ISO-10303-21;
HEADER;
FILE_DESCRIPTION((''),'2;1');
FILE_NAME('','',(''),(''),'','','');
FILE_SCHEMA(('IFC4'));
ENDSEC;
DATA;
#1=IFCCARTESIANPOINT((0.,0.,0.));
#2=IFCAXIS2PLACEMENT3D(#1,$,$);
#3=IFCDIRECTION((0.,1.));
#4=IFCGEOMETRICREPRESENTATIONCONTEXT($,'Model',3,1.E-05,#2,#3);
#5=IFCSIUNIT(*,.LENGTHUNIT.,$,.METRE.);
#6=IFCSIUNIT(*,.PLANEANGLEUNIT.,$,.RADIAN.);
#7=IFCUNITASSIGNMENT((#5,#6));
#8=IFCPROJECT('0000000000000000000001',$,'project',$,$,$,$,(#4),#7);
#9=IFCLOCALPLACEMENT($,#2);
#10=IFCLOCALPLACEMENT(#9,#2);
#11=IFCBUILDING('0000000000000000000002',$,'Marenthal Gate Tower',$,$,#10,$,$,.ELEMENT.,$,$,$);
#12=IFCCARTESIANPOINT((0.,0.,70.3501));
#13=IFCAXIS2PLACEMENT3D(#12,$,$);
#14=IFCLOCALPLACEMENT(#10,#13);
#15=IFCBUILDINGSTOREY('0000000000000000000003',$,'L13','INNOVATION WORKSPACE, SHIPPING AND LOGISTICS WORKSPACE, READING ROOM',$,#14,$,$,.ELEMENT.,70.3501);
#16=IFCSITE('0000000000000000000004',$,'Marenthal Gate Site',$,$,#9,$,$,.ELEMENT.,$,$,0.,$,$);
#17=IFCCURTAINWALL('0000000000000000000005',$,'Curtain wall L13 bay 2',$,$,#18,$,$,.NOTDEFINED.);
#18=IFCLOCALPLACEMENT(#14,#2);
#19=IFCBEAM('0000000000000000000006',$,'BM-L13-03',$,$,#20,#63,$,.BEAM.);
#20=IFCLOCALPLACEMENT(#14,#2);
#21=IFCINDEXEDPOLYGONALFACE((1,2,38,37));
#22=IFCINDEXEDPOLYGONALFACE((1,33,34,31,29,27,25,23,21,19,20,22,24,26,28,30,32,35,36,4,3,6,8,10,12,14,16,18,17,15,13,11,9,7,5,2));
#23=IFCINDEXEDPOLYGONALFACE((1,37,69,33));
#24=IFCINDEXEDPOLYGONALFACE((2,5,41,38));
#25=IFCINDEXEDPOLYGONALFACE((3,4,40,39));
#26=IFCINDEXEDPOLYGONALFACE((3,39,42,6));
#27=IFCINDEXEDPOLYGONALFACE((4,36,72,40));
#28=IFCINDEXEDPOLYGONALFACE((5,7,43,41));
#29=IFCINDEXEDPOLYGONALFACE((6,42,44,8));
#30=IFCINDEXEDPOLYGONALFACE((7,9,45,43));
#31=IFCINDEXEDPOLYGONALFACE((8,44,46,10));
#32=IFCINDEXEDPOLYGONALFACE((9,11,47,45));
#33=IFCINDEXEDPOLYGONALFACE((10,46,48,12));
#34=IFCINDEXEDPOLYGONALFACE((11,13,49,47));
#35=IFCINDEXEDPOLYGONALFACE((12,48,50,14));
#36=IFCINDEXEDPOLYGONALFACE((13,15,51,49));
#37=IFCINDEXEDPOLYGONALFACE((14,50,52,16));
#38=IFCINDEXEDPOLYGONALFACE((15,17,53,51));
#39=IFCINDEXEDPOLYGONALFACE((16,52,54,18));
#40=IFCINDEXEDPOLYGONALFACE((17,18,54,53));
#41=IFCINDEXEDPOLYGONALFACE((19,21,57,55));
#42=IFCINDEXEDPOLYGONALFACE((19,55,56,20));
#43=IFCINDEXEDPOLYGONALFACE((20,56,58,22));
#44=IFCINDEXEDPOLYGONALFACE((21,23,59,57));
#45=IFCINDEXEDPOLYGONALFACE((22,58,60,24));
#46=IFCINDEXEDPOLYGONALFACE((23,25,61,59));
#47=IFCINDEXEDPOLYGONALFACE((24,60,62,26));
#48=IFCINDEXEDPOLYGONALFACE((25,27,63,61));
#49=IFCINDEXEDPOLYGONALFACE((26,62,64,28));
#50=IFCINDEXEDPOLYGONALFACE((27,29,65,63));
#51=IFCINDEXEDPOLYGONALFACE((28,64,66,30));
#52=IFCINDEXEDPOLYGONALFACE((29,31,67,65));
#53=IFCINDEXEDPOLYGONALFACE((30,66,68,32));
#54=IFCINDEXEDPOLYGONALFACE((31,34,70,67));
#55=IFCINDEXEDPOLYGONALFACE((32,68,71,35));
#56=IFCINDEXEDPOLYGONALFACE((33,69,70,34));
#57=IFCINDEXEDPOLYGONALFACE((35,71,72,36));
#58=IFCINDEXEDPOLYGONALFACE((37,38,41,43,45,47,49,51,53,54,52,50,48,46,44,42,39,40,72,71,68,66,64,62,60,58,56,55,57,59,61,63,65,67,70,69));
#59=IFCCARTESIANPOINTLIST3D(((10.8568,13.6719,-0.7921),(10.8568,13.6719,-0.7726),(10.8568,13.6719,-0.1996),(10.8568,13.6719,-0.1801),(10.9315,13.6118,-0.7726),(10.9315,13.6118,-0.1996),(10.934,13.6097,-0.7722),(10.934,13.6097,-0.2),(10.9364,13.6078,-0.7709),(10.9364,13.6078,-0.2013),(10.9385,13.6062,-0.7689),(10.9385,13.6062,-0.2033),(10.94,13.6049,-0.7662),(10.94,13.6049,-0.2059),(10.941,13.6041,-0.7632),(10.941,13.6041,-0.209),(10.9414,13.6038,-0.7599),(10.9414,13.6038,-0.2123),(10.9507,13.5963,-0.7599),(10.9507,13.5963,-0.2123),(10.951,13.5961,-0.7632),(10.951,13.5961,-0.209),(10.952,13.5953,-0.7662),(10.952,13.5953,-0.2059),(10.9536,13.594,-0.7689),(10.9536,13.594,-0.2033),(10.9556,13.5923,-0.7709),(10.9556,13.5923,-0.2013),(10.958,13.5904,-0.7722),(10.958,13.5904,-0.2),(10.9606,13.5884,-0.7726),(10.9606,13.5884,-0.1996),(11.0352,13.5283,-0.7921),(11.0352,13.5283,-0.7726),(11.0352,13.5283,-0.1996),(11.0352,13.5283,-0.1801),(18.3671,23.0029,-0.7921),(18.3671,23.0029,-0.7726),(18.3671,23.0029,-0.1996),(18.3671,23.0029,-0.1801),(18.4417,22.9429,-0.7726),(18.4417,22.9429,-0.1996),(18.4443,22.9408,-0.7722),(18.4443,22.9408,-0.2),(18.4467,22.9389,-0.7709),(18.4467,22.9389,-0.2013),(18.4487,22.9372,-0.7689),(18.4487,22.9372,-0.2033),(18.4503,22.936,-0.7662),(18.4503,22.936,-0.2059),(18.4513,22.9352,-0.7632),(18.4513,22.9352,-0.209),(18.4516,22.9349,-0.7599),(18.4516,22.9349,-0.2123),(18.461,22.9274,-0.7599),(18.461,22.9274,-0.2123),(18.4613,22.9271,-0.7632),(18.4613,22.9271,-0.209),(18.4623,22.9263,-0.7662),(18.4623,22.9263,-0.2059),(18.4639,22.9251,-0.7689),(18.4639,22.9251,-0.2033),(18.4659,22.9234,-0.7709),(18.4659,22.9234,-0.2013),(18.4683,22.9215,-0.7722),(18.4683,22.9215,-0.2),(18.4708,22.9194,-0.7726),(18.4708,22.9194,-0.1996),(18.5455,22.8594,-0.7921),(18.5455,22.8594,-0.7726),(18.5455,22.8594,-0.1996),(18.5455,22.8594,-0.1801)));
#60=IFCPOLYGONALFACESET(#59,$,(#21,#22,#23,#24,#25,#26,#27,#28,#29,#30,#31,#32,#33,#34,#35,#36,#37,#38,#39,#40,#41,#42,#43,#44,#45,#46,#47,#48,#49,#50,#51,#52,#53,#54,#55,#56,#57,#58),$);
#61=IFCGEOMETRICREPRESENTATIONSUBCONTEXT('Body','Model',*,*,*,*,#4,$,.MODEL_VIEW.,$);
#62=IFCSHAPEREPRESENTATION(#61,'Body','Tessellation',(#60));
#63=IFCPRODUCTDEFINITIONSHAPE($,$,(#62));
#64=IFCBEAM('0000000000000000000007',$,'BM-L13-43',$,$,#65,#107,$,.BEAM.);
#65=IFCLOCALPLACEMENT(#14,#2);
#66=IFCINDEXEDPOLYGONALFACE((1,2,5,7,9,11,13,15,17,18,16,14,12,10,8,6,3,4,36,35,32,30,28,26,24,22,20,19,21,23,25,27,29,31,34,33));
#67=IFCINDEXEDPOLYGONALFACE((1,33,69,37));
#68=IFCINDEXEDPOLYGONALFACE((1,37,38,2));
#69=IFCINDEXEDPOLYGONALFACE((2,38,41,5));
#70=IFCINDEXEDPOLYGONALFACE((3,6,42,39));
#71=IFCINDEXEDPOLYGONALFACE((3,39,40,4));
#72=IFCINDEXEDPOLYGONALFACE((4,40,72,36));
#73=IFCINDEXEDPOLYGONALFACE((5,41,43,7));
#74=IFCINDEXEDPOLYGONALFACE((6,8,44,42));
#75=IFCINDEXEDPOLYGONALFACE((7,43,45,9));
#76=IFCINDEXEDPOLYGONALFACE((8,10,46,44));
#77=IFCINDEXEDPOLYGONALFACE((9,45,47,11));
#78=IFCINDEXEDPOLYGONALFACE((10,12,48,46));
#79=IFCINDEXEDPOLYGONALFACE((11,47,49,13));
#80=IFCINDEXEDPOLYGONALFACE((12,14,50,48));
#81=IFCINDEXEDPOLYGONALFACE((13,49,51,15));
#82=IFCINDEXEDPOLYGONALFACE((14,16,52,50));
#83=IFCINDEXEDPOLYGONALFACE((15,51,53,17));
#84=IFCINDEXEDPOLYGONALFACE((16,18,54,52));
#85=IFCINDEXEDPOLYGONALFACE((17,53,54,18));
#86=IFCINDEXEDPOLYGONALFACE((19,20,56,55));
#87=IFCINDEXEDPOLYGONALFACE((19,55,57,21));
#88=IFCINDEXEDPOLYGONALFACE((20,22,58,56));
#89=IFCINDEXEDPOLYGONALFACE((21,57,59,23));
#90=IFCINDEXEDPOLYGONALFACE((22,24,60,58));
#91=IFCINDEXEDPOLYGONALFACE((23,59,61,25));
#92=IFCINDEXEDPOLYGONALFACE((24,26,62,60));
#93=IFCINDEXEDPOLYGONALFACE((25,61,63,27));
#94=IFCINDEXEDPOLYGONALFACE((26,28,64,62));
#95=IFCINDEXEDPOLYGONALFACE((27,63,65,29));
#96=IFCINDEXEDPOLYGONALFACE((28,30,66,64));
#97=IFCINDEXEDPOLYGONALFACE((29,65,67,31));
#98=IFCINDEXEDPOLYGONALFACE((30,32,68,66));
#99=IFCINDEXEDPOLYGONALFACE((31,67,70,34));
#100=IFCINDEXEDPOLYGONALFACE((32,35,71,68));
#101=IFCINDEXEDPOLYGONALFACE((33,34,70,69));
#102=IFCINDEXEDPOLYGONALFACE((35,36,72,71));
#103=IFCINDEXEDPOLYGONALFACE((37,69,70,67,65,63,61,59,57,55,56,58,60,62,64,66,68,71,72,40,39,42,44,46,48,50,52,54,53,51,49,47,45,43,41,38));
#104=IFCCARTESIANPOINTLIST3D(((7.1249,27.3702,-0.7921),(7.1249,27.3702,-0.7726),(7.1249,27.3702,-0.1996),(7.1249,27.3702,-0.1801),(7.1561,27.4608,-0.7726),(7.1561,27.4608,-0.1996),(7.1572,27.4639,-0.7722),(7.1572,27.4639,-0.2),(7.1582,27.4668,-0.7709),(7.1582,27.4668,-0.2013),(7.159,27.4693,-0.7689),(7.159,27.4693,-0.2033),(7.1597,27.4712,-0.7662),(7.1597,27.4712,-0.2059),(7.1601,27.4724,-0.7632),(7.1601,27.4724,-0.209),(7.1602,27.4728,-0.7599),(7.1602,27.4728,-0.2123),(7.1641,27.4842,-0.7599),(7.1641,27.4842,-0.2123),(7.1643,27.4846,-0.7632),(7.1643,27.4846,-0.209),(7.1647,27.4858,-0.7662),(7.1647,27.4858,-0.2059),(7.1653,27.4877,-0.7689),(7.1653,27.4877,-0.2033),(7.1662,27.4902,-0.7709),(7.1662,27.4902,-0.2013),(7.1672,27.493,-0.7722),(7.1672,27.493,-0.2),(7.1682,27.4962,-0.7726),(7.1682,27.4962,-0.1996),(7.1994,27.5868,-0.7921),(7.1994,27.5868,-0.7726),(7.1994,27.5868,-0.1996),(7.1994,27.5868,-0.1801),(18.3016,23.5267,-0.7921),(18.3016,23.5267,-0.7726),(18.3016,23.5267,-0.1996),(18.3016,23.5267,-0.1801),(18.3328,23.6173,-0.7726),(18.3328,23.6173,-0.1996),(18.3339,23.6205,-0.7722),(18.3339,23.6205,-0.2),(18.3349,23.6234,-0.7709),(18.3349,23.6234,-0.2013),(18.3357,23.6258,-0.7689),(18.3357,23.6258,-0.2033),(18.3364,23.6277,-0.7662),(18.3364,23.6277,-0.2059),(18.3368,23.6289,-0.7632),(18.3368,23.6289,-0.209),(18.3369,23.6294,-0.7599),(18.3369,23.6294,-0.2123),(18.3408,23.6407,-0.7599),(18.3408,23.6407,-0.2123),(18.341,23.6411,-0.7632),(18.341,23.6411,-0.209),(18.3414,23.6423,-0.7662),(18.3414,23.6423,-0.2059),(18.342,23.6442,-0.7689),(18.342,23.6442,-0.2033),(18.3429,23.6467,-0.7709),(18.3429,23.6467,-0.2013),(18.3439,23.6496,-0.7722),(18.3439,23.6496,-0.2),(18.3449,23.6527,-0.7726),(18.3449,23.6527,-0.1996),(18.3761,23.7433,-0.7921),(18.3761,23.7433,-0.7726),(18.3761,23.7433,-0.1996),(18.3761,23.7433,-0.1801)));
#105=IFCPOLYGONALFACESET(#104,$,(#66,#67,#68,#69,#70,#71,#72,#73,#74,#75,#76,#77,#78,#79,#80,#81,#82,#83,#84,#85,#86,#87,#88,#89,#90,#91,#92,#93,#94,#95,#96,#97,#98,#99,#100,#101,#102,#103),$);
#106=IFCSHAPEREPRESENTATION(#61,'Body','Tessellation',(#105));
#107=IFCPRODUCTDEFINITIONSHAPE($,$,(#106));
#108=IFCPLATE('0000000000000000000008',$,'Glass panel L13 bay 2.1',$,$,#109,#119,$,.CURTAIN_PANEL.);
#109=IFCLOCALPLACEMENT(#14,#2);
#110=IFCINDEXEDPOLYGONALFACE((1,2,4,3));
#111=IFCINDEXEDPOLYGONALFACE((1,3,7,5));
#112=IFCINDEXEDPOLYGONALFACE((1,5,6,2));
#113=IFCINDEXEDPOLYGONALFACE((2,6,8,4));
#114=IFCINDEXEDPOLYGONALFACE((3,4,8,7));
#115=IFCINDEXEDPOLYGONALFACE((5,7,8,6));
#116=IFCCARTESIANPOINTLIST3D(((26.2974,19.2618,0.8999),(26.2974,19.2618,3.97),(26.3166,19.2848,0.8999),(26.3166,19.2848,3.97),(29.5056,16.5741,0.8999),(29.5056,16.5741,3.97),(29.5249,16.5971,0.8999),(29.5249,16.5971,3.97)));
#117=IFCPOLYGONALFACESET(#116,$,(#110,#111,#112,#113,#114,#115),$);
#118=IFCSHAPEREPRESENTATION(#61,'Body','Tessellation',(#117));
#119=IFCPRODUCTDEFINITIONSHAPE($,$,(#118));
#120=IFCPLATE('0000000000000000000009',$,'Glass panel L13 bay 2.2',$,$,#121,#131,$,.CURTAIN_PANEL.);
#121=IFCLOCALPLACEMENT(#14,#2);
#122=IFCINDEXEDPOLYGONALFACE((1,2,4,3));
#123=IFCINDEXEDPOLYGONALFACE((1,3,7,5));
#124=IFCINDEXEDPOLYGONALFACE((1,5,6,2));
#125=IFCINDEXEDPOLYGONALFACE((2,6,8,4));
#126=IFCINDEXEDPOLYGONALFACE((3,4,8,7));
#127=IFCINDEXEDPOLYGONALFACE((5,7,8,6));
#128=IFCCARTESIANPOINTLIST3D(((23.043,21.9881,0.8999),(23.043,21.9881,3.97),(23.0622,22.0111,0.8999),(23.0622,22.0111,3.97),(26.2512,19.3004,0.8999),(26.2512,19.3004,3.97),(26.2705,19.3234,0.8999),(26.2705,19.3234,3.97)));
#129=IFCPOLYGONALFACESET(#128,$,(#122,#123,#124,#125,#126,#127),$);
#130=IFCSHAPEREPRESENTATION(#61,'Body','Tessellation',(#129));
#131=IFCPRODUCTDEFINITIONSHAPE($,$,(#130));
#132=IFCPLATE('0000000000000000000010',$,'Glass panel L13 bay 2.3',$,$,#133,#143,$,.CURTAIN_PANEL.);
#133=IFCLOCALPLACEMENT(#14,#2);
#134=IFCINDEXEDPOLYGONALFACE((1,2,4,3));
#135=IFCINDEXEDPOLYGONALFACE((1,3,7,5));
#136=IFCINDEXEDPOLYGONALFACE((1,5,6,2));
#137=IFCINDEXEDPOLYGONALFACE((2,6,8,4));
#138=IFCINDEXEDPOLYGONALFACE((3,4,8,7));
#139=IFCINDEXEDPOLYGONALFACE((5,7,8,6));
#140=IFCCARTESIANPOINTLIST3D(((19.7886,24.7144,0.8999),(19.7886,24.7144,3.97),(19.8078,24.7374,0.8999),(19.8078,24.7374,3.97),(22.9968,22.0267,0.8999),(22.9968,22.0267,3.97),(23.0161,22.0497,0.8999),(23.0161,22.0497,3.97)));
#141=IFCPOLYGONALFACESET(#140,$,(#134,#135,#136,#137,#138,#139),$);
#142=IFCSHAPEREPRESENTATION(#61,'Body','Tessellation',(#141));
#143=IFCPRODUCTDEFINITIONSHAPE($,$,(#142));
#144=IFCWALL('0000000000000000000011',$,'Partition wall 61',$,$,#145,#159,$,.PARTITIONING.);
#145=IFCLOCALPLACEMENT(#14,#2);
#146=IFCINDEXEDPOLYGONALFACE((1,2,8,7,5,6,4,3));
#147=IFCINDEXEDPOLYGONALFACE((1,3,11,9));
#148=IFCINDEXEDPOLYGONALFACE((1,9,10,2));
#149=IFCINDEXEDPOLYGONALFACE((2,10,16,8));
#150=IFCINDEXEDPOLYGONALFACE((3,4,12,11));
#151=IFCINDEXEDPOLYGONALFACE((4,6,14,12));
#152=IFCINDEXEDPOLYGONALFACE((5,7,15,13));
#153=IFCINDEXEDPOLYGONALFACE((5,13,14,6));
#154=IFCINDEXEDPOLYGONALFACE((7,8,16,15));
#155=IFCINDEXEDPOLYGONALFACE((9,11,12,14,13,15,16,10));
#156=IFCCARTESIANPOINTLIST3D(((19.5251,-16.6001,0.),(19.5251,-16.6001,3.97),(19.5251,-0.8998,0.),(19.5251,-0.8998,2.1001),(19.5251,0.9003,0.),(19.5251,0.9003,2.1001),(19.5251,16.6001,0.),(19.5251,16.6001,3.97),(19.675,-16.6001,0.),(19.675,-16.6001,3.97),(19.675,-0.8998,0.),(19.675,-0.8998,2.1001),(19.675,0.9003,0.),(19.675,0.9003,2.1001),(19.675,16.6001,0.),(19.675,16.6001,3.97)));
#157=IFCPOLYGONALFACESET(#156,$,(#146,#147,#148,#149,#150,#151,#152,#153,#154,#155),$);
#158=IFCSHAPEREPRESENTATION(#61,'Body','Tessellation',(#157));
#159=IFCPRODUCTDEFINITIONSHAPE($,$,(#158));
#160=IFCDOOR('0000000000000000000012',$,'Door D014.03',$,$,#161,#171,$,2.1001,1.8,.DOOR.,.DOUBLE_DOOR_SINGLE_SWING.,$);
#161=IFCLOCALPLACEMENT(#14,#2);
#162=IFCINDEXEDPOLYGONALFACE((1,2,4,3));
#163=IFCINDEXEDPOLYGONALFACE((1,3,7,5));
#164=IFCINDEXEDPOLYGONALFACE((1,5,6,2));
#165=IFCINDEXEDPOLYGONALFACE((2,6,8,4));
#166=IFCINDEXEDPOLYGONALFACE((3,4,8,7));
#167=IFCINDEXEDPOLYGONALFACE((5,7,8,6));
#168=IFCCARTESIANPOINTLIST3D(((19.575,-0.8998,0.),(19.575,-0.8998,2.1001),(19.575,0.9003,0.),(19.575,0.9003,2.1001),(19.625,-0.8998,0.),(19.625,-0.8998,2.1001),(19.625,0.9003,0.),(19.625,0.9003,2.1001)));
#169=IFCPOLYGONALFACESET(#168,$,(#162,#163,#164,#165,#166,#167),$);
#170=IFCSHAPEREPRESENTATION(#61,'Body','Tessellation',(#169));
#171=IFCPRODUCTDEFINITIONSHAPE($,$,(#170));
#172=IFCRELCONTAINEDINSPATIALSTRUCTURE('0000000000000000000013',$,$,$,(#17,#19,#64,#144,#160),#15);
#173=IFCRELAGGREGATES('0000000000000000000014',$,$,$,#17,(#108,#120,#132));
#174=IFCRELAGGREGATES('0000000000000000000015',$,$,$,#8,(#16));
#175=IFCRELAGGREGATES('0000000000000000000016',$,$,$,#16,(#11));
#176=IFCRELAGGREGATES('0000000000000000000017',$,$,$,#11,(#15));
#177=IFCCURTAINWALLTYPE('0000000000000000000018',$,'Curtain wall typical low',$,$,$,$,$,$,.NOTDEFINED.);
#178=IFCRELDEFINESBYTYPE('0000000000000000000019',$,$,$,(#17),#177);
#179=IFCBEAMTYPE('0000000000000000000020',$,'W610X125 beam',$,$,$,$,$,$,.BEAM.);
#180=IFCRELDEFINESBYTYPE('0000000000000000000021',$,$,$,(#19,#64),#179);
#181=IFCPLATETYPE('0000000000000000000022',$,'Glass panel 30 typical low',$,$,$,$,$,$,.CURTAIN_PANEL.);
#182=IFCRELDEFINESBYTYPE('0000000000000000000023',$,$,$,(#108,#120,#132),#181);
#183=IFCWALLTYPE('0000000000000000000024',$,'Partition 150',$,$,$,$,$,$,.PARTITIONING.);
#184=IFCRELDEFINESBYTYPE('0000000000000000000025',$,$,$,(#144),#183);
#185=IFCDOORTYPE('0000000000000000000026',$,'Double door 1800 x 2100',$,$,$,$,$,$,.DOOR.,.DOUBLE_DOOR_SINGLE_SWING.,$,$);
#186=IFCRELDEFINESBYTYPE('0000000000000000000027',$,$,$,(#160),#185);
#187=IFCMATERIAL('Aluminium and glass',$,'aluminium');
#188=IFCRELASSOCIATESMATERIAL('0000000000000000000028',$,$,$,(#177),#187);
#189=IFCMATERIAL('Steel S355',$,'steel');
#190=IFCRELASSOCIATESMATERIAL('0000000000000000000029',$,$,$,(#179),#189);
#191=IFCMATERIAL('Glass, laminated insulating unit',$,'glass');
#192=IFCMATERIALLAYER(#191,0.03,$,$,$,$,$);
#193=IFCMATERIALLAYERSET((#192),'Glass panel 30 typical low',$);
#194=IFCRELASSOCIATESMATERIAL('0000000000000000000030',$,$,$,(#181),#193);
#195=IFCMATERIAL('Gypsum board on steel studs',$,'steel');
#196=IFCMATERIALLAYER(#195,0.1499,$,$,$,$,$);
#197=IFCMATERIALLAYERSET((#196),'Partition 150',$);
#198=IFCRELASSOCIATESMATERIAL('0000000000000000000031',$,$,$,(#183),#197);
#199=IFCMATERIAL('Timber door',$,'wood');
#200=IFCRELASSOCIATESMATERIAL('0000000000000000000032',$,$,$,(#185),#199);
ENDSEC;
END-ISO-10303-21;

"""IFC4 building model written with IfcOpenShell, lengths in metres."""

from ifc_helpers import new_model, si_unit, direction, frame, frame_2d, origin, origin_2d, place, context, subcontext, project, spatial, rectangle, i_section, extrude, material, layer, layer_set, material_profile, profile_set, type_object, element, fill, aggregate, save


model = new_model("IFC4")

# Units and contexts
model_context = context("Model", 3, precision=1e-05, world=origin(), true_north=direction((0.0, 1.0)))
body_context = subcontext(model_context, "Body", "Model", "MODEL_VIEW")
ifc_project = project(units=[si_unit("LENGTHUNIT", "METRE"), si_unit("PLANEANGLEUNIT", "RADIAN")], contexts=[model_context])

# Site, building, storey
site_placement = place(None, origin())
site = spatial("IfcSite", under=ifc_project, at=site_placement, Name="Marenthal Gate Site", CompositionType="ELEMENT", RefElevation=0.0)
building_placement = place(site_placement, origin())
building = spatial("IfcBuilding", under=site, at=building_placement, Name="Marenthal Gate Tower", CompositionType="ELEMENT")
storey_placement = place(building_placement, frame((0.0, 0.0, 70.3501)))
storey = spatial("IfcBuildingStorey", under=building, at=storey_placement, Name="L13", Description="INNOVATION WORKSPACE, SHIPPING AND LOGISTICS WORKSPACE, READING ROOM", CompositionType="ELEMENT", Elevation=70.3501)

# Curtain wall
ifc_material_1 = material(Name="Aluminium and glass", Category="aluminium")
curtain_wall_type = type_object("IfcCurtainWallType", Name="Curtain wall typical low", PredefinedType="NOTDEFINED", material=ifc_material_1)
curtain_wall_placement = place(storey_placement, origin())
curtain_wall = element("IfcCurtainWall", 1, at=curtain_wall_placement, inside=storey, type_object=curtain_wall_type, Name="Curtain wall L13 bay 2", PredefinedType="NOTDEFINED")

# Beams
ifc_material_2 = material(Name="Steel S355", Category="steel")
ifc_material_profile_1 = material_profile(ifc_material_2, i_section(OverallWidth=0.229, OverallDepth=0.6121, WebThickness=0.012, FlangeThickness=0.0195, FilletRadius=0.0127, at=origin_2d()), Name="W610X125")
ifc_profile_set_1 = profile_set([ifc_material_profile_1], Name="Steel S355")
beam_type_1 = type_object("IfcBeamType", Name="W610X125 beam", PredefinedType="BEAM", material=ifc_profile_set_1)
beam_1_placement = place(storey_placement, frame((18.4563, 22.9312, -0.4861), z_axis=(-0.627004, -0.779016, 0.0), x_axis=(0.779016, -0.627004, 0.0)))
element("IfcBeam", 2, at=beam_1_placement, inside=storey, type_object=beam_type_1, Name="BM-L13-03", PredefinedType="BEAM", context=body_context, shape_type="SweptSolid", body=[
    extrude(i_section(OverallWidth=0.229, OverallDepth=0.6121, WebThickness=0.012, FlangeThickness=0.0195, FilletRadius=0.0127, at=origin_2d()), origin(), (0.0, 0.0, 1.0), 11.978),
])
beam_2_placement = place(storey_placement, frame((18.3389, 23.635, -0.4861), z_axis=(-0.945648, 0.325193, 0.0), x_axis=(-0.325193, -0.945648, 0.0)))
element("IfcBeam", 3, at=beam_2_placement, inside=storey, type_object=beam_type_1, Name="BM-L13-43", PredefinedType="BEAM", context=body_context, shape_type="SweptSolid", body=[
    extrude(i_section(OverallWidth=0.229, OverallDepth=0.6121, WebThickness=0.012, FlangeThickness=0.0195, FilletRadius=0.0127, at=origin_2d()), origin(), (0.0, 0.0, 1.0), 11.8191),
])

# Plates
ifc_material_3 = material(Name="Glass, laminated insulating unit", Category="glass")
ifc_layer_1 = layer(ifc_material_3, 0.03)
ifc_layer_set_1 = layer_set([ifc_layer_1], Name="Glass panel 30 typical low")
plate_type = type_object("IfcPlateType", Name="Glass panel 30 typical low", PredefinedType="CURTAIN_PANEL", material=ifc_layer_set_1)
plate_1_placement = place(storey_placement, frame((27.9111, 17.9294, 0.8999), z_axis=(0.0, 0.0, 1.0), x_axis=(-0.766557, 0.642176, 0.0)))
plate_1 = element("IfcPlate", 4, at=plate_1_placement, type_object=plate_type, Name="Glass panel L13 bay 2.1", PredefinedType="CURTAIN_PANEL", context=body_context, shape_type="SweptSolid", body=[
    extrude(rectangle(XDim=4.1853, YDim=0.03, at=origin_2d()), origin(), (0.0, 0.0, 1.0), 3.0701),
])
plate_2_placement = place(storey_placement, frame((24.6567, 20.6558, 0.8999), z_axis=(0.0, 0.0, 1.0), x_axis=(-0.766557, 0.642176, 0.0)))
plate_2 = element("IfcPlate", 5, at=plate_2_placement, type_object=plate_type, Name="Glass panel L13 bay 2.2", PredefinedType="CURTAIN_PANEL", context=body_context, shape_type="SweptSolid", body=[
    extrude(rectangle(XDim=4.1853, YDim=0.03, at=origin_2d()), origin(), (0.0, 0.0, 1.0), 3.0701),
])
plate_3_placement = place(storey_placement, frame((21.4023, 23.3821, 0.8999), z_axis=(0.0, 0.0, 1.0), x_axis=(-0.766557, 0.642176, 0.0)))
plate_3 = element("IfcPlate", 6, at=plate_3_placement, type_object=plate_type, Name="Glass panel L13 bay 2.3", PredefinedType="CURTAIN_PANEL", context=body_context, shape_type="SweptSolid", body=[
    extrude(rectangle(XDim=4.1853, YDim=0.03, at=origin_2d()), origin(), (0.0, 0.0, 1.0), 3.0701),
])
aggregate(curtain_wall, [plate_1, plate_2, plate_3])

# Wall, opening, door
ifc_material_4 = material(Name="Gypsum board on steel studs", Category="steel")
ifc_layer_2 = layer(ifc_material_4, 0.1499)
ifc_layer_set_2 = layer_set([ifc_layer_2], Name="Partition 150")
wall_type_1 = type_object("IfcWallType", Name="Partition 150", PredefinedType="PARTITIONING", material=ifc_layer_set_2)
wall_1_placement = place(storey_placement, frame((19.6001, 16.6001, 0.0), z_axis=(0.0, 0.0, 1.0), x_axis=(0.0, -1.0, 0.0)))
wall_1 = element("IfcWall", 7, at=wall_1_placement, inside=storey, type_object=wall_type_1, Name="Partition wall 61", PredefinedType="PARTITIONING", context=body_context, shape_type="SweptSolid", body=[
    extrude(rectangle(XDim=33.2002, YDim=0.1499, at=frame_2d((16.6001, 0.0))), origin(), (0.0, 0.0, 1.0), 3.97),
])
opening_1_placement = place(wall_1_placement, frame((15.7, 0.0, 0.0)))
opening_1 = element("IfcOpeningElement", 8, at=opening_1_placement, cuts=wall_1, PredefinedType="OPENING", context=body_context, shape_type="SweptSolid", body=[
    extrude(rectangle(XDim=1.8, YDim=2.1001, at=frame_2d((0.8999, 1.05))), frame((0.0, 0.085, 0.0), z_axis=(0.0, -1.0, 0.0), x_axis=(1.0, 0.0, 0.0)), (0.0, 0.0, 1.0), 0.1699),
])
ifc_material_5 = material(Name="Timber door", Category="wood")
door_type_1 = type_object("IfcDoorType", Name="Double door 1800 x 2100", OperationType="DOUBLE_DOOR_SINGLE_SWING", PredefinedType="DOOR", material=ifc_material_5)
door_1_placement = place(opening_1_placement, origin())
door_1 = element("IfcDoor", 9, at=door_1_placement, inside=storey, type_object=door_type_1, Name="Door D014.03", OperationType="DOUBLE_DOOR_SINGLE_SWING", OverallHeight=2.1001, OverallWidth=1.8, PredefinedType="DOOR", context=body_context, shape_type="SweptSolid", body=[
    extrude(rectangle(XDim=1.8, YDim=2.1001, at=frame_2d((0.8999, 1.05))), frame((0.0, 0.0249, 0.0), z_axis=(0.0, -1.0, 0.0), x_axis=(1.0, 0.0, 0.0)), (0.0, 0.0, 1.0), 0.05),
])
fill(opening_1, door_1)

save(model, "model.ifc")
